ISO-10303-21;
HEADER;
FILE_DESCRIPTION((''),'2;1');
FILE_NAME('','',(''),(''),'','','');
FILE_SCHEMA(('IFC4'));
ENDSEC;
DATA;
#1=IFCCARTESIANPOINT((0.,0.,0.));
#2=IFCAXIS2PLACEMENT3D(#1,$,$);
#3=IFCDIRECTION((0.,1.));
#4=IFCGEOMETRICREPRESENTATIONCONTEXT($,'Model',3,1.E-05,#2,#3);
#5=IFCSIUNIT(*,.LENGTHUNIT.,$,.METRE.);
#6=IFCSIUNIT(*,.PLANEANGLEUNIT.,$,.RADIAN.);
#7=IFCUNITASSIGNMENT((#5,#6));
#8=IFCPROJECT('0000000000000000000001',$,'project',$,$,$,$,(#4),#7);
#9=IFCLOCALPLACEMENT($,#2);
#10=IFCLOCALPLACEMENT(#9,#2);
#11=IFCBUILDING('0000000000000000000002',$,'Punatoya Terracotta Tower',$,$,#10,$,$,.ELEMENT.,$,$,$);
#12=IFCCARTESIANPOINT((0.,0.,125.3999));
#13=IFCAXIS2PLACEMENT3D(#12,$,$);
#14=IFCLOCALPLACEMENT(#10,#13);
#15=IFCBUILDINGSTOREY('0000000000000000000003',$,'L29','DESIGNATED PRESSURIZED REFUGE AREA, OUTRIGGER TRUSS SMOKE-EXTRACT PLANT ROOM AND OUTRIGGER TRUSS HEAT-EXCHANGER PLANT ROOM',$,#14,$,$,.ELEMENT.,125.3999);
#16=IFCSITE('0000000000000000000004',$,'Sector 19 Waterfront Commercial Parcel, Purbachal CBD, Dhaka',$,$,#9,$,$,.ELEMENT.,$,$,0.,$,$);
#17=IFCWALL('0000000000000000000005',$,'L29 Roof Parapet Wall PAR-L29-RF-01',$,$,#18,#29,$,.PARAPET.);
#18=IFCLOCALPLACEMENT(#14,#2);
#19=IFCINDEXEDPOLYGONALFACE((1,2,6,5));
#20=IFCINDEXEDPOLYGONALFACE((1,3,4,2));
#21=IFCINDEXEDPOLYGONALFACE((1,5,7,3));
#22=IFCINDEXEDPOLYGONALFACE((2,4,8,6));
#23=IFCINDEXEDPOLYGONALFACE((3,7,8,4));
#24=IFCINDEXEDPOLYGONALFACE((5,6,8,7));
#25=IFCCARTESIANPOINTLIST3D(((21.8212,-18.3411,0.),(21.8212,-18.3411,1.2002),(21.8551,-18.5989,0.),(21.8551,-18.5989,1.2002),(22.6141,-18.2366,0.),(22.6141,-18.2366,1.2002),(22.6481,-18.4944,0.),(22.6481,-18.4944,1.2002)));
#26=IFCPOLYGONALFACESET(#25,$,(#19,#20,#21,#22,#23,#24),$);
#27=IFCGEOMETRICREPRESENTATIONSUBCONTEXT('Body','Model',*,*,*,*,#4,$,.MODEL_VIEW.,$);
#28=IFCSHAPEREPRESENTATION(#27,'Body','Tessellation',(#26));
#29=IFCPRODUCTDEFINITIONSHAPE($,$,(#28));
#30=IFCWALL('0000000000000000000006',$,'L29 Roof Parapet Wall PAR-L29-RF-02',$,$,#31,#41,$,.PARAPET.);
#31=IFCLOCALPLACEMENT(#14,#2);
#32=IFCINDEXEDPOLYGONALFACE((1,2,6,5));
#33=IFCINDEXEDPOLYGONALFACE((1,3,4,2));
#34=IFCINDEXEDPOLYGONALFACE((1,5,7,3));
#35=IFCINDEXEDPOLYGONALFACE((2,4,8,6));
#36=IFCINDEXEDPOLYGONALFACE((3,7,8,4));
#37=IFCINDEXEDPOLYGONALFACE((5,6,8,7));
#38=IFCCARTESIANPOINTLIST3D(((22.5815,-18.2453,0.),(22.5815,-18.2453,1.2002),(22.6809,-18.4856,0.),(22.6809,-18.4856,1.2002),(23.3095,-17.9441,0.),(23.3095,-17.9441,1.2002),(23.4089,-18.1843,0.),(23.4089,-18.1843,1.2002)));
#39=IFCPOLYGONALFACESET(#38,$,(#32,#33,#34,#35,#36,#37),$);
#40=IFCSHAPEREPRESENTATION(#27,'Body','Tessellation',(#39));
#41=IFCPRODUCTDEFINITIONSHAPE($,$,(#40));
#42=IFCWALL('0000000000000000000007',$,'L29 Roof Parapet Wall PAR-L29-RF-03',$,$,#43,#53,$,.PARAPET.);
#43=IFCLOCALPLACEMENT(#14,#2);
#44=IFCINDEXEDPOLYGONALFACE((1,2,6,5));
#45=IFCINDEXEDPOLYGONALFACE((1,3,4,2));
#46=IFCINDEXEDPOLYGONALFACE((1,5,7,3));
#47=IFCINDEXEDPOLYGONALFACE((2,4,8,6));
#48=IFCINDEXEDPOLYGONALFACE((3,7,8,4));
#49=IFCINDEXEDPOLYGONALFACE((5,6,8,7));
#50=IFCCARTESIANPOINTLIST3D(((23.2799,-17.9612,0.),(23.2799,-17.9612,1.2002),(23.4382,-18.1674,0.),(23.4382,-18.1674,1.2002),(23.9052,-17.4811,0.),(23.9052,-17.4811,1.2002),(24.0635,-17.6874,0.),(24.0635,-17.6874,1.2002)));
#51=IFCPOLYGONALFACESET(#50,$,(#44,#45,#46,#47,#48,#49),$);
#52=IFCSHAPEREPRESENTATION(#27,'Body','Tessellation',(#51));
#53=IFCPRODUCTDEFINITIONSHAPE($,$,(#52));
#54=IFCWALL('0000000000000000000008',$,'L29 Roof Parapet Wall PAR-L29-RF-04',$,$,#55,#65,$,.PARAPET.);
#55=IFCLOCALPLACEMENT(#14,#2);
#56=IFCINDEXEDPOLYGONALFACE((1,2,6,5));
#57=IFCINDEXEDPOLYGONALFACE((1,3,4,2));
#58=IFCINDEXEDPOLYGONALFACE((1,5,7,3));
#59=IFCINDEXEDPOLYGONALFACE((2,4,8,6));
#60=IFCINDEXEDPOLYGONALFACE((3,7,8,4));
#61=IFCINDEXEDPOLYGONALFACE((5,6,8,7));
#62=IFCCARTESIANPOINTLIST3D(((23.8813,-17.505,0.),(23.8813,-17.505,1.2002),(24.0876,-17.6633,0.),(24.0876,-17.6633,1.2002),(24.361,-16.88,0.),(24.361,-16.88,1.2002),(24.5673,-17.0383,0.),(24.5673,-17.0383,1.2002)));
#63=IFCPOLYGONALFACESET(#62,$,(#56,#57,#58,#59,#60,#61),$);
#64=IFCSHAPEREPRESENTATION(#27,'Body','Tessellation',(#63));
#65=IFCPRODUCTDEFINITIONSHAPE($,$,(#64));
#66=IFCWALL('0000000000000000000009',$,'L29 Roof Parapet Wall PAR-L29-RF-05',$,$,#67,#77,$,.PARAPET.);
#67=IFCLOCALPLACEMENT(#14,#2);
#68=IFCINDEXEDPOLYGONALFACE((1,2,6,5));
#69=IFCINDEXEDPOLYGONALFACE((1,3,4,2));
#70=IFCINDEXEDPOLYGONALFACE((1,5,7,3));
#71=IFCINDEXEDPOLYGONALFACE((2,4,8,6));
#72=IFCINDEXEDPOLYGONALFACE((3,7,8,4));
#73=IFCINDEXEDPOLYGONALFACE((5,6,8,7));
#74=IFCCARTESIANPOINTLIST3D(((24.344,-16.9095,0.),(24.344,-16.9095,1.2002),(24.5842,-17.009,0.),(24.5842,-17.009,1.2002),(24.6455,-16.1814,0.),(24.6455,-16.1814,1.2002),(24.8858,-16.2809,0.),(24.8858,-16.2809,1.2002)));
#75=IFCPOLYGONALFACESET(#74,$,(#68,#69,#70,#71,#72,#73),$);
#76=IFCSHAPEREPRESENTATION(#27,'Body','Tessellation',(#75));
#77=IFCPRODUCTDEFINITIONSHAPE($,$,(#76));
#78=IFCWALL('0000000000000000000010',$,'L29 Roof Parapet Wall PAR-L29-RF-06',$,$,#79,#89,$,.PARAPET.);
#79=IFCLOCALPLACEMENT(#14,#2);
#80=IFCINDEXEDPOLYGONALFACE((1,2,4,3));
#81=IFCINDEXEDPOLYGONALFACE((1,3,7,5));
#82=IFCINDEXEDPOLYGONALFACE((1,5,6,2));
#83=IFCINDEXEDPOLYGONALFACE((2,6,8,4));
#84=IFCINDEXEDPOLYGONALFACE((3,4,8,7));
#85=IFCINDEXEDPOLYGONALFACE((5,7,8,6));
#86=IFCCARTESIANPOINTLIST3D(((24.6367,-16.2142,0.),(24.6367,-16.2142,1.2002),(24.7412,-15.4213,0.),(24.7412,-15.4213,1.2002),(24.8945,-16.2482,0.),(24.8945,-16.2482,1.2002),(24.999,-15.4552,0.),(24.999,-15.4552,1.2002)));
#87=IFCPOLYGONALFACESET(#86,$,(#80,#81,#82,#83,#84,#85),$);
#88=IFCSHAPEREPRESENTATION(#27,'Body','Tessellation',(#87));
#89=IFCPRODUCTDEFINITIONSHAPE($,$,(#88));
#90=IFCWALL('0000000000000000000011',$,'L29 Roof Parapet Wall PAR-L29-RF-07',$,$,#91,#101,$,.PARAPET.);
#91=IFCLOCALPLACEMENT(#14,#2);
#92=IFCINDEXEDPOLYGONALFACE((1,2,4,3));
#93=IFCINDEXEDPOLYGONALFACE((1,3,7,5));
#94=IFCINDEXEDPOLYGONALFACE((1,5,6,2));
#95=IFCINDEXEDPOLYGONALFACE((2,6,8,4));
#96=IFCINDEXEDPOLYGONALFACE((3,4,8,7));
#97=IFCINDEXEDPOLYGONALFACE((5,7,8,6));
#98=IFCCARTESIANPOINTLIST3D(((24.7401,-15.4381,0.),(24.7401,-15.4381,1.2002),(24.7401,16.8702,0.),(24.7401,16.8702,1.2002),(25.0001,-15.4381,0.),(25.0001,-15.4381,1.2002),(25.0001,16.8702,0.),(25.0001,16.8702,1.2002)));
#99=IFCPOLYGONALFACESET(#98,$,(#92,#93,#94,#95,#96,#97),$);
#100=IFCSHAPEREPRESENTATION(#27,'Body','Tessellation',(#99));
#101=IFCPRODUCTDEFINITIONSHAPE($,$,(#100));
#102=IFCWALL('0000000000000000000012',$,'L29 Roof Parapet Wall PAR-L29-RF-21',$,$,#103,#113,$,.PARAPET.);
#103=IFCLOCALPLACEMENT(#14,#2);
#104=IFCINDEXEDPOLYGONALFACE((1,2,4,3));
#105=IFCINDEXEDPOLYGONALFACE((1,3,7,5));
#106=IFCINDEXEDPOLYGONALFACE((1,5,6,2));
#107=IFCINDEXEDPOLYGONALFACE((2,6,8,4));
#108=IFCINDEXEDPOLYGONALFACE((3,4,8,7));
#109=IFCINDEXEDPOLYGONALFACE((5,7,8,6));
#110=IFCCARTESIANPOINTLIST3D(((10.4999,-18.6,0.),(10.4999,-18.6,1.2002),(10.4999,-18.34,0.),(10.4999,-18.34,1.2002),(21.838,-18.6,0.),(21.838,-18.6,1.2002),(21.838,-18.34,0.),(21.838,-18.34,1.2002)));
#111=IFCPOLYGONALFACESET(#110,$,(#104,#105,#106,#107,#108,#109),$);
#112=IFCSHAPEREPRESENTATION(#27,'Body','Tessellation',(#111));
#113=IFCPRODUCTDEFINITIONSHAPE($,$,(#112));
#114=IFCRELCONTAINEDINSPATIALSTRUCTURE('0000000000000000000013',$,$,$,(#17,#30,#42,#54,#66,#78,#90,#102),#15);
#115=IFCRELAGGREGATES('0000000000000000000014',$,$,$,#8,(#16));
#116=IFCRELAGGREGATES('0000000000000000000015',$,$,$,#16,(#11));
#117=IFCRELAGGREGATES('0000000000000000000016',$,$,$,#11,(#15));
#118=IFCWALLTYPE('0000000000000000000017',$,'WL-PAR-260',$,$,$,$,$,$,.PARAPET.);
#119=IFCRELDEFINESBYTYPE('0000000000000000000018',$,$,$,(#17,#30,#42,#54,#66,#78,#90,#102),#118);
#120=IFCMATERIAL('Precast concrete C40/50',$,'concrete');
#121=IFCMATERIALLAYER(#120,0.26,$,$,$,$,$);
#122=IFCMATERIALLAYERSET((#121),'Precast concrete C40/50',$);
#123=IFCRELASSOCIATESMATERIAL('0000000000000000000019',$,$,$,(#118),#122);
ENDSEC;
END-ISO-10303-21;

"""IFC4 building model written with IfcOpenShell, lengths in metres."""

from ifc_helpers import new_model, si_unit, direction, frame, frame_2d, origin, place, context, subcontext, project, spatial, rectangle, extrude, material, layer, layer_set, type_object, element, save


model = new_model("IFC4")

# Units and contexts
model_context = context("Model", 3, precision=1e-05, world=origin(), true_north=direction((0.0, 1.0)))
body_context = subcontext(model_context, "Body", "Model", "MODEL_VIEW")
ifc_project = project(units=[si_unit("LENGTHUNIT", "METRE"), si_unit("PLANEANGLEUNIT", "RADIAN")], contexts=[model_context])

# Site, building, storey
site_placement = place(None, origin())
site = spatial("IfcSite", under=ifc_project, at=site_placement, Name="Sector 19 Waterfront Commercial Parcel, Purbachal CBD, Dhaka", CompositionType="ELEMENT", RefElevation=0.0)
building_placement = place(site_placement, origin())
building = spatial("IfcBuilding", under=site, at=building_placement, Name="Punatoya Terracotta Tower", CompositionType="ELEMENT")
storey_placement = place(building_placement, frame((0.0, 0.0, 125.3999)))
storey = spatial("IfcBuildingStorey", under=building, at=storey_placement, Name="L29", Description="DESIGNATED PRESSURIZED REFUGE AREA, OUTRIGGER TRUSS SMOKE-EXTRACT PLANT ROOM AND OUTRIGGER TRUSS HEAT-EXCHANGER PLANT ROOM", CompositionType="ELEMENT", Elevation=125.3999)

# Shared definitions
ifc_material_1 = material(Name="Precast concrete C40/50", Category="concrete")

# Walls
ifc_layer_1 = layer(ifc_material_1, 0.26)
ifc_layer_set_1 = layer_set([ifc_layer_1], Name="Precast concrete C40/50")
wall_type_1 = type_object("IfcWallType", Name="WL-PAR-260", PredefinedType="PARAPET", material=ifc_layer_set_1)
wall_1_placement = place(storey_placement, frame((21.8381, -18.47, 0.0), z_axis=(0.0, 0.0, 1.0), x_axis=(0.991429, 0.130644, 0.0)))
element("IfcWall", 1, at=wall_1_placement, inside=storey, type_object=wall_type_1, Name="L29 Roof Parapet Wall PAR-L29-RF-01", PredefinedType="PARAPET", context=body_context, shape_type="SweptSolid", body=[
    extrude(rectangle(XDim=0.7998, YDim=0.26, at=frame_2d((0.3999, 0.0))), origin(), (0.0, 0.0, 1.0), 1.2002),
])
wall_2_placement = place(storey_placement, frame((22.6311, -18.3655, 0.0), z_axis=(0.0, 0.0, 1.0), x_axis=(0.924009, 0.38237, 0.0)))
element("IfcWall", 2, at=wall_2_placement, inside=storey, type_object=wall_type_1, Name="L29 Roof Parapet Wall PAR-L29-RF-02", PredefinedType="PARAPET", context=body_context, shape_type="SweptSolid", body=[
    extrude(rectangle(XDim=0.7878, YDim=0.26, at=frame_2d((0.394, 0.0))), origin(), (0.0, 0.0, 1.0), 1.2002),
])
wall_3_placement = place(storey_placement, frame((23.3591, -18.0642, 0.0), z_axis=(0.0, 0.0, 1.0), x_axis=(0.793222, 0.608932, 0.0)))
element("IfcWall", 3, at=wall_3_placement, inside=storey, type_object=wall_type_1, Name="L29 Roof Parapet Wall PAR-L29-RF-03", PredefinedType="PARAPET", context=body_context, shape_type="SweptSolid", body=[
    extrude(rectangle(XDim=0.7883, YDim=0.26, at=frame_2d((0.394, 0.0))), origin(), (0.0, 0.0, 1.0), 1.2002),
])
wall_4_placement = place(storey_placement, frame((23.9844, -17.5842, 0.0), z_axis=(0.0, 0.0, 1.0), x_axis=(0.608887, 0.793257, 0.0)))
element("IfcWall", 4, at=wall_4_placement, inside=storey, type_object=wall_type_1, Name="L29 Roof Parapet Wall PAR-L29-RF-04", PredefinedType="PARAPET", context=body_context, shape_type="SweptSolid", body=[
    extrude(rectangle(XDim=0.7878, YDim=0.26, at=frame_2d((0.394, 0.0))), origin(), (0.0, 0.0, 1.0), 1.2002),
])
wall_5_placement = place(storey_placement, frame((24.4641, -16.9592, 0.0), z_axis=(0.0, 0.0, 1.0), x_axis=(0.382635, 0.9239, 0.0)))
element("IfcWall", 5, at=wall_5_placement, inside=storey, type_object=wall_type_1, Name="L29 Roof Parapet Wall PAR-L29-RF-05", PredefinedType="PARAPET", context=body_context, shape_type="SweptSolid", body=[
    extrude(rectangle(XDim=0.7881, YDim=0.26, at=frame_2d((0.394, 0.0))), origin(), (0.0, 0.0, 1.0), 1.2002),
])
wall_6_placement = place(storey_placement, frame((24.7656, -16.2312, 0.0), z_axis=(0.0, 0.0, 1.0), x_axis=(0.130644, 0.991429, 0.0)))
element("IfcWall", 6, at=wall_6_placement, inside=storey, type_object=wall_type_1, Name="L29 Roof Parapet Wall PAR-L29-RF-06", PredefinedType="PARAPET", context=body_context, shape_type="SweptSolid", body=[
    extrude(rectangle(XDim=0.7998, YDim=0.26, at=frame_2d((0.3999, 0.0))), origin(), (0.0, 0.0, 1.0), 1.2002),
])
wall_7_placement = place(storey_placement, frame((24.8701, -15.4382, 0.0), z_axis=(0.0, 0.0, 1.0), x_axis=(0.0, 1.0, 0.0)))
element("IfcWall", 7, at=wall_7_placement, inside=storey, type_object=wall_type_1, Name="L29 Roof Parapet Wall PAR-L29-RF-07", PredefinedType="PARAPET", context=body_context, shape_type="SweptSolid", body=[
    extrude(rectangle(XDim=32.3083, YDim=0.26, at=frame_2d((16.1543, 0.0))), origin(), (0.0, 0.0, 1.0), 1.2002),
])
wall_8_placement = place(storey_placement, frame((10.5, -18.47, 0.0), z_axis=(0.0, 0.0, 1.0), x_axis=(1.0, 0.0, 0.0)))
element("IfcWall", 8, at=wall_8_placement, inside=storey, type_object=wall_type_1, Name="L29 Roof Parapet Wall PAR-L29-RF-21", PredefinedType="PARAPET", context=body_context, shape_type="SweptSolid", body=[
    extrude(rectangle(XDim=11.3381, YDim=0.26, at=frame_2d((5.6689, 0.0))), origin(), (0.0, 0.0, 1.0), 1.2002),
])

save(model, "model.ifc")
